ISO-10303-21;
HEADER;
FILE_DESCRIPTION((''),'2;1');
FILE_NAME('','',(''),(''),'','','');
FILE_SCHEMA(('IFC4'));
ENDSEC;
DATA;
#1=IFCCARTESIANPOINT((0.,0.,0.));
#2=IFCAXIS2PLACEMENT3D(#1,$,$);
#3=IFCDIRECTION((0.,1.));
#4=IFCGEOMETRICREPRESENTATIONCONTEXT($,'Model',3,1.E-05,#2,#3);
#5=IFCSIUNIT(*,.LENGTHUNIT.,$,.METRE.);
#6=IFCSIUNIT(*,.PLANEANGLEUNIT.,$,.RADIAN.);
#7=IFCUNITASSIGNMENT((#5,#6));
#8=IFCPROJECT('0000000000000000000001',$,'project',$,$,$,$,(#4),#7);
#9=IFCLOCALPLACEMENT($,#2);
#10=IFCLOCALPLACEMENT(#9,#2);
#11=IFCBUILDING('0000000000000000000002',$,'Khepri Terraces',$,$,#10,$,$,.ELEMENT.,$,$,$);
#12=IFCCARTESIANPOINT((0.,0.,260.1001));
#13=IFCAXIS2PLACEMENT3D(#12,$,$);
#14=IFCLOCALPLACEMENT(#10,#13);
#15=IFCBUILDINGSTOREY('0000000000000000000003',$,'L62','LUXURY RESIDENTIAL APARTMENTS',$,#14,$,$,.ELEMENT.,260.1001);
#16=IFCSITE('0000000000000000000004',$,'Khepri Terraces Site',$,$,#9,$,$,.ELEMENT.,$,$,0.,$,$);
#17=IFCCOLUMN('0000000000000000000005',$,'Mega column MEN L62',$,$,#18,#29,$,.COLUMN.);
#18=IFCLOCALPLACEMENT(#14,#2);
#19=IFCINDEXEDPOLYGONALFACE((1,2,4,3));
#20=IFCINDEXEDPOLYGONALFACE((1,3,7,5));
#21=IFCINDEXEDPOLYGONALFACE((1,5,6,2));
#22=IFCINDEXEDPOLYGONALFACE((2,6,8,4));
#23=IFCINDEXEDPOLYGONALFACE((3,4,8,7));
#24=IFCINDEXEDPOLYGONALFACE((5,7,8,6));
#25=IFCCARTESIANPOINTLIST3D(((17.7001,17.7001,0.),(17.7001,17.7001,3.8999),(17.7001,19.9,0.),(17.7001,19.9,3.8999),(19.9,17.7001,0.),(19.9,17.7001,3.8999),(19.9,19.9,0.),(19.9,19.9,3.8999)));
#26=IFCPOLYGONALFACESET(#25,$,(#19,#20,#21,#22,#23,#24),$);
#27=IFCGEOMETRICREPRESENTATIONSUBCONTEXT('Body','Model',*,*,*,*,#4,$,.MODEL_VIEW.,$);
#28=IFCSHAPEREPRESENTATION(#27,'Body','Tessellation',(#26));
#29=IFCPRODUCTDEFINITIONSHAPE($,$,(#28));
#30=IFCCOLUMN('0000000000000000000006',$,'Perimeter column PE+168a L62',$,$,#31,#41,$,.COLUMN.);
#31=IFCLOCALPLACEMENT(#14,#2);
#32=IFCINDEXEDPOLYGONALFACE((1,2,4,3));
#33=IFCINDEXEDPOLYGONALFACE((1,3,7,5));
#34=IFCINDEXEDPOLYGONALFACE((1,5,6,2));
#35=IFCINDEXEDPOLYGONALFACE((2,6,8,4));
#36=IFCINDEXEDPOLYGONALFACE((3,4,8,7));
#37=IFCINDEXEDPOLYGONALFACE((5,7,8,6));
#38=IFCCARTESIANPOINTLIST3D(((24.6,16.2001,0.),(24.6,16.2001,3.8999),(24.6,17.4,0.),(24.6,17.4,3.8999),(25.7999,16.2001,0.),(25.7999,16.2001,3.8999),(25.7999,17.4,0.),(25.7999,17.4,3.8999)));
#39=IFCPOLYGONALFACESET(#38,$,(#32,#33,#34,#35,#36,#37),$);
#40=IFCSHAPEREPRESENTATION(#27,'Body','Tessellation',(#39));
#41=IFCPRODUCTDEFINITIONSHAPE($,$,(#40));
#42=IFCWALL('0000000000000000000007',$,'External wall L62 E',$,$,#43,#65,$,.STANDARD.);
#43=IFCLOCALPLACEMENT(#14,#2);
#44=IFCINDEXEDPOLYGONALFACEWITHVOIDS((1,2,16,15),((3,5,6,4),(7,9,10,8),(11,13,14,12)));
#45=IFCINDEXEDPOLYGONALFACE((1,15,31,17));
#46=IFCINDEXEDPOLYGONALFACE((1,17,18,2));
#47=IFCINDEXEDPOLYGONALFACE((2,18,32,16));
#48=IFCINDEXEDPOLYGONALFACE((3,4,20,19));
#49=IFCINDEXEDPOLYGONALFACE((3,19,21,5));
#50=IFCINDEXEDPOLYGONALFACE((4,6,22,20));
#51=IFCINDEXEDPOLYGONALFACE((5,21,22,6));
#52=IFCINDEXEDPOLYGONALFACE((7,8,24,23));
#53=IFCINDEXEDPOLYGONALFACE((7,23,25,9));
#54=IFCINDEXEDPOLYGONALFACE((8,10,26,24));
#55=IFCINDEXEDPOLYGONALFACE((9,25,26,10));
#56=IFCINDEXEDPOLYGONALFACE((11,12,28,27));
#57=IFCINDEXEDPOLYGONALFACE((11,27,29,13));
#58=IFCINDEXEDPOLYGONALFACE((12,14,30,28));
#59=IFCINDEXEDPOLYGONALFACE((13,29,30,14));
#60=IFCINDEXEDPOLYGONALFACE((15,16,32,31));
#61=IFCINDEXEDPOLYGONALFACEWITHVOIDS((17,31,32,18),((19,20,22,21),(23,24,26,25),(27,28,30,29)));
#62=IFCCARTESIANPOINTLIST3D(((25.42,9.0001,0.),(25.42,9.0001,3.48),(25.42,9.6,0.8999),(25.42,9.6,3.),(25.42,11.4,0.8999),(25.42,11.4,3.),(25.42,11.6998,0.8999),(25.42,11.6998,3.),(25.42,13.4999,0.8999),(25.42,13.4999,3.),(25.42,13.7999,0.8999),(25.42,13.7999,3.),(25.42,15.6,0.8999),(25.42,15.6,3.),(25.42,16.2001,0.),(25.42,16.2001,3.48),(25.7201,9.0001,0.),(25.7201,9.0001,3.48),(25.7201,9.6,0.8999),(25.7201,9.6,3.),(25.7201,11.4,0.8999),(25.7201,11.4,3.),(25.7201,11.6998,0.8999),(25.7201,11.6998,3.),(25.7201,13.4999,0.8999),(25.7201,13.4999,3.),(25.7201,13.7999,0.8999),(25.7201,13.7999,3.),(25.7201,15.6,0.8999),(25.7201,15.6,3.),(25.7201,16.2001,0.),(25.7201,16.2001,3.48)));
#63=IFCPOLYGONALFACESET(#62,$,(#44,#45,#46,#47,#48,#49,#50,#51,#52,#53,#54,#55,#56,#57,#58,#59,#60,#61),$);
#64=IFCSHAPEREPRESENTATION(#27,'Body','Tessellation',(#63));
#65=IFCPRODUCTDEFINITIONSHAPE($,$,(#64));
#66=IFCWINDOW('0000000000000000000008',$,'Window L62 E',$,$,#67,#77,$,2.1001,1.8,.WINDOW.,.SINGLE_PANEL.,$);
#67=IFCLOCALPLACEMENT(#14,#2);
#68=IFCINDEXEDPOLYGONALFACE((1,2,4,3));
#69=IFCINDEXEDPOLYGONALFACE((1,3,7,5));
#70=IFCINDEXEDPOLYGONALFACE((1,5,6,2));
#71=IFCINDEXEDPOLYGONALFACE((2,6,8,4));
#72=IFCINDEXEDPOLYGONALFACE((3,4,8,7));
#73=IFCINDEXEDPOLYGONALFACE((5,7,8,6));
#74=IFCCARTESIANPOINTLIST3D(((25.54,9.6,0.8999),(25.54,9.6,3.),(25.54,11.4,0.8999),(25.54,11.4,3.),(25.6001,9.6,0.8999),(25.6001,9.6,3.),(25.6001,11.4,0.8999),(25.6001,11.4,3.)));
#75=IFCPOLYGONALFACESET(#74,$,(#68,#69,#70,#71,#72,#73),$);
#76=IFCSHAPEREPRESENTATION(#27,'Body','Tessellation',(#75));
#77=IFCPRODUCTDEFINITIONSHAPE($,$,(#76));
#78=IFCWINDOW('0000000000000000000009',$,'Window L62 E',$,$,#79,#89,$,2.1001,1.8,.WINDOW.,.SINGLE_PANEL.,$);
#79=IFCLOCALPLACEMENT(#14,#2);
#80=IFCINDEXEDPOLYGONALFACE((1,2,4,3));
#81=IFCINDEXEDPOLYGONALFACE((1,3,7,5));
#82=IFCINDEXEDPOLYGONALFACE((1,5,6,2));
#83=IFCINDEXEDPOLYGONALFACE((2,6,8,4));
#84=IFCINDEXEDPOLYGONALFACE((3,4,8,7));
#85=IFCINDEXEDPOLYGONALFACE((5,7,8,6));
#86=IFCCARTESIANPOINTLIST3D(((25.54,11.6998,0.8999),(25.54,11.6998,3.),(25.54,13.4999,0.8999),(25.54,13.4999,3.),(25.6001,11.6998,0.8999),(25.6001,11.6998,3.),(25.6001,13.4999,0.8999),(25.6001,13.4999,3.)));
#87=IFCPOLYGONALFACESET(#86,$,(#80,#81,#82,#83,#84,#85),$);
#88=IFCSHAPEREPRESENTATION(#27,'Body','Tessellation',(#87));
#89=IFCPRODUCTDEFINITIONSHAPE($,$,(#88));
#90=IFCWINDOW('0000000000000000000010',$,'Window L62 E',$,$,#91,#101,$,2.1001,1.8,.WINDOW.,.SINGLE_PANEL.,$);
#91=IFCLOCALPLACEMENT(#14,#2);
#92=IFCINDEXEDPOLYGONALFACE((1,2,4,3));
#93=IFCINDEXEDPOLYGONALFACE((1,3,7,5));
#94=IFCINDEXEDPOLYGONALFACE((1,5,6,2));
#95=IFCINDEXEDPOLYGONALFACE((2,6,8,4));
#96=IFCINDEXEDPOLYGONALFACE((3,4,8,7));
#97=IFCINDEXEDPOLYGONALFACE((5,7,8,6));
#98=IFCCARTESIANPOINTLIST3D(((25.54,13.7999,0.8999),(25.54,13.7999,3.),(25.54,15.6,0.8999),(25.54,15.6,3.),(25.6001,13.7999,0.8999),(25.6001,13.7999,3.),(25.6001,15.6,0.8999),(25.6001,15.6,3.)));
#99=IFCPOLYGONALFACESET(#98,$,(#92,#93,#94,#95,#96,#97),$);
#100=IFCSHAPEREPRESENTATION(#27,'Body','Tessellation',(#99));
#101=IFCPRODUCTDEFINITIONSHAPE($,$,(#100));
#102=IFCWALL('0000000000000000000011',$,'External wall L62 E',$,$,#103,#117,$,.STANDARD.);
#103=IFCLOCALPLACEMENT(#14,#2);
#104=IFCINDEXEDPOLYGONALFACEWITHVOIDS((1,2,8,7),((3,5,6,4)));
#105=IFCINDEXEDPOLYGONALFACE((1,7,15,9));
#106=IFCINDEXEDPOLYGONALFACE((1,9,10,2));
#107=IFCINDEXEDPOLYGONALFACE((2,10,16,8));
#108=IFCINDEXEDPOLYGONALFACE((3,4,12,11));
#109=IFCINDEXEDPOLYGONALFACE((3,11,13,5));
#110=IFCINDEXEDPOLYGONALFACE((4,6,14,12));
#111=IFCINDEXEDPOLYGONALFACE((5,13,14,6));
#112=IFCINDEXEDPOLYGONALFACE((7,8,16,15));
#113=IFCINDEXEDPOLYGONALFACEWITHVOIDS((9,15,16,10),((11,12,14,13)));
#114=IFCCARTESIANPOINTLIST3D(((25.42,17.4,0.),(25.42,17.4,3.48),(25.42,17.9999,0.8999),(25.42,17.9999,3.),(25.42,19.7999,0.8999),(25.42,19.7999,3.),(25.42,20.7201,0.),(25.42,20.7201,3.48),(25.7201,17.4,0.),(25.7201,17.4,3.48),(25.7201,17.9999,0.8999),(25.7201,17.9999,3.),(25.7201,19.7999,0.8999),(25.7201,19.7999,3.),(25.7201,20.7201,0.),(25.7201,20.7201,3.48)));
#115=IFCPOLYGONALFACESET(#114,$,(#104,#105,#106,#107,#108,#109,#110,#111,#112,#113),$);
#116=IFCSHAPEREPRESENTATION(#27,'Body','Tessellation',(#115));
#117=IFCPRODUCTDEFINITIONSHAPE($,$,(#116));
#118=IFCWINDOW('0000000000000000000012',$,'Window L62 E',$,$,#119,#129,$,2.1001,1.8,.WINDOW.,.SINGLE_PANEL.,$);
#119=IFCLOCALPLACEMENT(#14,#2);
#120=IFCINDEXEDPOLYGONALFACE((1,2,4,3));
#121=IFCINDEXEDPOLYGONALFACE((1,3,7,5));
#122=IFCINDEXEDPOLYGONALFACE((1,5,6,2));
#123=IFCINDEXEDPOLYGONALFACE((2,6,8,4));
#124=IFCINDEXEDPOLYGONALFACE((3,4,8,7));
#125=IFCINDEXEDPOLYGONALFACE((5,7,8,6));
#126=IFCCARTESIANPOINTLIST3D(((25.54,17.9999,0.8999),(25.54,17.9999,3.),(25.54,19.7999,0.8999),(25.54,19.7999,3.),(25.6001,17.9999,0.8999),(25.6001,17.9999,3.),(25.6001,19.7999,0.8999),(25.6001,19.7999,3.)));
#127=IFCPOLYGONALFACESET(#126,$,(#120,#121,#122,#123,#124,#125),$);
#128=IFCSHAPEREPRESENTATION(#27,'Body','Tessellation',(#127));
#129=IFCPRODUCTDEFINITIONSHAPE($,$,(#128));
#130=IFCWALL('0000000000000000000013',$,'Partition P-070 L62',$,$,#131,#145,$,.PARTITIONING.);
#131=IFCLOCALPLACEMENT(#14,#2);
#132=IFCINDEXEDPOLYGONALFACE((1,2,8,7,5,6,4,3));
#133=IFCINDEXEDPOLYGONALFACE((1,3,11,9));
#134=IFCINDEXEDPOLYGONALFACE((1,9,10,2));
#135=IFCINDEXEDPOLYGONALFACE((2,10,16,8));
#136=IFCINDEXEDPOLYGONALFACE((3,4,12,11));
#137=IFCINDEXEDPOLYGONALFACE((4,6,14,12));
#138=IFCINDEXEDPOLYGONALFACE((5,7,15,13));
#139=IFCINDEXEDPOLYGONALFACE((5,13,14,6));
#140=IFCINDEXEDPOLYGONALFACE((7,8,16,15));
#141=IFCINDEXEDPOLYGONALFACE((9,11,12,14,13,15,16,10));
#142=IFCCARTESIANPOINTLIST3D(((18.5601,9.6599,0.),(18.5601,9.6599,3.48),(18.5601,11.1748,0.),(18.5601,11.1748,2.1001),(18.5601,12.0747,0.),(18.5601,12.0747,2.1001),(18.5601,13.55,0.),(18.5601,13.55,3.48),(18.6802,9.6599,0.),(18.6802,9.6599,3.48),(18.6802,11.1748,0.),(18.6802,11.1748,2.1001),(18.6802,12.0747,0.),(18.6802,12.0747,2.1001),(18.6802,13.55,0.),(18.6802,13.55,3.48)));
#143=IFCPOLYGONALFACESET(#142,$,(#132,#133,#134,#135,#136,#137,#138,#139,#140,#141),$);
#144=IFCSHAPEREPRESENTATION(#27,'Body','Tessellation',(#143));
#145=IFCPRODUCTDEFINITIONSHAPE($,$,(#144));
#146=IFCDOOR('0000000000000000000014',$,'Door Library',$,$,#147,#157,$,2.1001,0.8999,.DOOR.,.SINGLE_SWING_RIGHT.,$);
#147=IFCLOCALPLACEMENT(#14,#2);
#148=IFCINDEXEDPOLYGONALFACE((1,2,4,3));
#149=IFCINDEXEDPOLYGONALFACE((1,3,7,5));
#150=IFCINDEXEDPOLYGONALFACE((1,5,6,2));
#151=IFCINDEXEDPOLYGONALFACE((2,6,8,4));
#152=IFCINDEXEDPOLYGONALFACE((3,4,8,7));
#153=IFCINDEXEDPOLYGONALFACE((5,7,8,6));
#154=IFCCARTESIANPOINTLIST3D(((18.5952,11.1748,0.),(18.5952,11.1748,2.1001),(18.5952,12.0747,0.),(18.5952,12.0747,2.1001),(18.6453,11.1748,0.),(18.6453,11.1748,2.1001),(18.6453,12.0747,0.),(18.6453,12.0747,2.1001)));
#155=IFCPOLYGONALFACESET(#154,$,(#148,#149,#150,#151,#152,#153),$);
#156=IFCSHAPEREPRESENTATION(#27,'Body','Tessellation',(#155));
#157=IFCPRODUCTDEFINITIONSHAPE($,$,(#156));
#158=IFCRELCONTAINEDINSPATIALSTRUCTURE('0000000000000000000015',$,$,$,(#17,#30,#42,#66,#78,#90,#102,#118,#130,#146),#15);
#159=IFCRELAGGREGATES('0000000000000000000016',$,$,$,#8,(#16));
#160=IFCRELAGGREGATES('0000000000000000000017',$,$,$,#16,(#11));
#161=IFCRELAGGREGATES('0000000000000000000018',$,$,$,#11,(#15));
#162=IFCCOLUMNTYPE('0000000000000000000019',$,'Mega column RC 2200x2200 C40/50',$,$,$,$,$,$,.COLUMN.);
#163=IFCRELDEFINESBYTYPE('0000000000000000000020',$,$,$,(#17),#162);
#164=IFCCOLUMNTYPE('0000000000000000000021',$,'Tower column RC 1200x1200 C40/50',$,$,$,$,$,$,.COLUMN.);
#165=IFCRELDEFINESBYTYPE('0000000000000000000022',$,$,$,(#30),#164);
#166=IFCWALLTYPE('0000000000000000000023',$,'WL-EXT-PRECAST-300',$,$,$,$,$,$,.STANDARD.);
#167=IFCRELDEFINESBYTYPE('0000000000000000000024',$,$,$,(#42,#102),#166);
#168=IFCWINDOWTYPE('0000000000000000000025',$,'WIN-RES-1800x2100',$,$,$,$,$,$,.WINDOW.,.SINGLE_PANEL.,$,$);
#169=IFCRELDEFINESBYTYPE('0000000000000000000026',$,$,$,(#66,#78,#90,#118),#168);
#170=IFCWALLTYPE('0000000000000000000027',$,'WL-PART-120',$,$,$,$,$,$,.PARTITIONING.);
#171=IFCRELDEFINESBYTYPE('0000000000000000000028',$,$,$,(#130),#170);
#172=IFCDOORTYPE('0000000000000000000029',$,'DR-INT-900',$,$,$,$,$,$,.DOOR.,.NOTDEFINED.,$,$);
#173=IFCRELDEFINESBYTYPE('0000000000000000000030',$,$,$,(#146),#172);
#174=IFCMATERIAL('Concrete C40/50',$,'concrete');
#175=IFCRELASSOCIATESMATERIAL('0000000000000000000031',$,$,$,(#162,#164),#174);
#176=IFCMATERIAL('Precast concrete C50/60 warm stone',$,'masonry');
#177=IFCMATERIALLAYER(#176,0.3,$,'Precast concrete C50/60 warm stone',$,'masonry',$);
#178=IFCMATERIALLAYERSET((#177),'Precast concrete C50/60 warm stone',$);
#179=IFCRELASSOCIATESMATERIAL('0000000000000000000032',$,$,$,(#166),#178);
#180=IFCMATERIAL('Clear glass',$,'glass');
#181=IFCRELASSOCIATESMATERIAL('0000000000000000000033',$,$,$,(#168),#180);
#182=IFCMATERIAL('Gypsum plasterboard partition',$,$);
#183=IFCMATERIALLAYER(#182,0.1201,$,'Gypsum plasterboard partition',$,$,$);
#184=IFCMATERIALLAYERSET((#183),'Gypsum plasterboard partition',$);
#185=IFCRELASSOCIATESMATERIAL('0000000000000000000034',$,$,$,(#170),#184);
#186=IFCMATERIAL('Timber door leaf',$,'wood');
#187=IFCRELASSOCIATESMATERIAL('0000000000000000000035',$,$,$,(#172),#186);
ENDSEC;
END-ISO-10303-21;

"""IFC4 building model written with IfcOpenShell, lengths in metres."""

from ifc_helpers import new_model, si_unit, direction, frame, frame_2d, origin, origin_2d, place, context, subcontext, project, spatial, rectangle, extrude, material, layer, layer_set, material_profile, profile_set, type_object, element, fill, save


model = new_model("IFC4")

# Units and contexts
model_context = context("Model", 3, precision=1e-05, world=origin(), true_north=direction((0.0, 1.0)))
body_context = subcontext(model_context, "Body", "Model", "MODEL_VIEW")
ifc_project = project(units=[si_unit("LENGTHUNIT", "METRE"), si_unit("PLANEANGLEUNIT", "RADIAN")], contexts=[model_context])

# Site, building, storey
site_placement = place(None, origin())
site = spatial("IfcSite", under=ifc_project, at=site_placement, Name="Khepri Terraces Site", CompositionType="ELEMENT", RefElevation=0.0)
building_placement = place(site_placement, origin())
building = spatial("IfcBuilding", under=site, at=building_placement, Name="Khepri Terraces", CompositionType="ELEMENT")
storey_placement = place(building_placement, frame((0.0, 0.0, 260.1001)))
storey = spatial("IfcBuildingStorey", under=building, at=storey_placement, Name="L62", Description="LUXURY RESIDENTIAL APARTMENTS", CompositionType="ELEMENT", Elevation=260.1001)

# Columns
ifc_material_1 = material(Name="Concrete C40/50", Category="concrete")
ifc_material_profile_1 = material_profile(ifc_material_1, rectangle(XDim=2.2, YDim=2.2, at=origin_2d()), Name="Concrete C40/50", Category="concrete")
ifc_profile_set_1 = profile_set([ifc_material_profile_1], Name="Concrete C40/50")
column_type_1 = type_object("IfcColumnType", Name="Mega column RC 2200x2200 C40/50", PredefinedType="COLUMN", material=ifc_profile_set_1)
column_1_placement = place(storey_placement, frame((18.8, 18.8, 0.0), z_axis=(0.0, 0.0, 1.0), x_axis=(1.0, 0.0, 0.0)))
element("IfcColumn", 1, at=column_1_placement, inside=storey, type_object=column_type_1, Name="Mega column MEN L62", PredefinedType="COLUMN", context=body_context, shape_type="SweptSolid", body=[
    extrude(rectangle(XDim=2.2, YDim=2.2, at=origin_2d()), origin(), (0.0, 0.0, 1.0), 3.8999),
])
ifc_material_profile_2 = material_profile(ifc_material_1, rectangle(XDim=1.2, YDim=1.2, at=origin_2d()), Name="Concrete C40/50", Category="concrete")
ifc_profile_set_2 = profile_set([ifc_material_profile_2], Name="Concrete C40/50")
column_type_2 = type_object("IfcColumnType", Name="Tower column RC 1200x1200 C40/50", PredefinedType="COLUMN", material=ifc_profile_set_2)
column_2_placement = place(storey_placement, frame((25.2, 16.8, 0.0), z_axis=(0.0, 0.0, 1.0), x_axis=(1.0, 0.0, 0.0)))
element("IfcColumn", 2, at=column_2_placement, inside=storey, type_object=column_type_2, Name="Perimeter column PE+168a L62", PredefinedType="COLUMN", context=body_context, shape_type="SweptSolid", body=[
    extrude(rectangle(XDim=1.2, YDim=1.2, at=origin_2d()), origin(), (0.0, 0.0, 1.0), 3.8999),
])

# Wall, openings, windows
ifc_material_2 = material(Name="Precast concrete C50/60 warm stone", Category="masonry")
ifc_layer_1 = layer(ifc_material_2, 0.3, Name="Precast concrete C50/60 warm stone", Category="masonry")
ifc_layer_set_1 = layer_set([ifc_layer_1], Name="Precast concrete C50/60 warm stone")
wall_type_1 = type_object("IfcWallType", Name="WL-EXT-PRECAST-300", PredefinedType="STANDARD", material=ifc_layer_set_1)
wall_1_placement = place(storey_placement, frame((25.5701, 9.0, 0.0), z_axis=(0.0, 0.0, 1.0), x_axis=(0.0, 1.0, 0.0)))
wall_1 = element("IfcWall", 3, at=wall_1_placement, inside=storey, type_object=wall_type_1, Name="External wall L62 E", PredefinedType="STANDARD", context=body_context, shape_type="SweptSolid", body=[
    extrude(rectangle(XDim=7.2, YDim=0.3, at=frame_2d((3.6001, 0.0))), origin(), (0.0, 0.0, 1.0), 3.48),
])
opening_1_placement = place(wall_1_placement, frame((0.6001, 0.0, 0.8999)))
opening_1 = element("IfcOpeningElement", 4, at=opening_1_placement, cuts=wall_1, PredefinedType="OPENING", context=body_context, shape_type="SweptSolid", body=[
    extrude(rectangle(XDim=1.8, YDim=2.1001, at=frame_2d((0.8999, 1.05))), frame((0.0, 0.1602, 0.0), z_axis=(0.0, -1.0, 0.0), x_axis=(1.0, 0.0, 0.0)), (0.0, 0.0, 1.0), 0.3201),
])
opening_2_placement = place(wall_1_placement, frame((2.7, 0.0, 0.8999)))
opening_2 = element("IfcOpeningElement", 5, at=opening_2_placement, cuts=wall_1, PredefinedType="OPENING", context=body_context, shape_type="SweptSolid", body=[
    extrude(rectangle(XDim=1.8, YDim=2.1001, at=frame_2d((0.8999, 1.05))), frame((0.0, 0.1602, 0.0), z_axis=(0.0, -1.0, 0.0), x_axis=(1.0, 0.0, 0.0)), (0.0, 0.0, 1.0), 0.3201),
])
opening_3_placement = place(wall_1_placement, frame((4.8, 0.0, 0.8999)))
opening_3 = element("IfcOpeningElement", 6, at=opening_3_placement, cuts=wall_1, PredefinedType="OPENING", context=body_context, shape_type="SweptSolid", body=[
    extrude(rectangle(XDim=1.8, YDim=2.1001, at=frame_2d((0.8999, 1.05))), frame((0.0, 0.1602, 0.0), z_axis=(0.0, -1.0, 0.0), x_axis=(1.0, 0.0, 0.0)), (0.0, 0.0, 1.0), 0.3201),
])
ifc_material_3 = material(Name="Clear glass", Category="glass")
window_type = type_object("IfcWindowType", Name="WIN-RES-1800x2100", PartitioningType="SINGLE_PANEL", PredefinedType="WINDOW", material=ifc_material_3)
window_1_placement = place(opening_1_placement, origin())
window_1 = element("IfcWindow", 7, at=window_1_placement, inside=storey, type_object=window_type, Name="Window L62 E", OverallHeight=2.1001, OverallWidth=1.8, PartitioningType="SINGLE_PANEL", PredefinedType="WINDOW", context=body_context, shape_type="SweptSolid", body=[
    extrude(rectangle(XDim=1.8, YDim=2.1001, at=frame_2d((0.8999, 1.05))), frame((0.0, 0.03, 0.0), z_axis=(0.0, -1.0, 0.0), x_axis=(1.0, 0.0, 0.0)), (0.0, 0.0, 1.0), 0.0601),
])
fill(opening_1, window_1)
window_2_placement = place(opening_2_placement, origin())
window_2 = element("IfcWindow", 8, at=window_2_placement, inside=storey, type_object=window_type, Name="Window L62 E", OverallHeight=2.1001, OverallWidth=1.8, PartitioningType="SINGLE_PANEL", PredefinedType="WINDOW", context=body_context, shape_type="SweptSolid", body=[
    extrude(rectangle(XDim=1.8, YDim=2.1001, at=frame_2d((0.8999, 1.05))), frame((0.0, 0.03, 0.0), z_axis=(0.0, -1.0, 0.0), x_axis=(1.0, 0.0, 0.0)), (0.0, 0.0, 1.0), 0.0601),
])
fill(opening_2, window_2)
window_3_placement = place(opening_3_placement, origin())
window_3 = element("IfcWindow", 9, at=window_3_placement, inside=storey, type_object=window_type, Name="Window L62 E", OverallHeight=2.1001, OverallWidth=1.8, PartitioningType="SINGLE_PANEL", PredefinedType="WINDOW", context=body_context, shape_type="SweptSolid", body=[
    extrude(rectangle(XDim=1.8, YDim=2.1001, at=frame_2d((0.8999, 1.05))), frame((0.0, 0.03, 0.0), z_axis=(0.0, -1.0, 0.0), x_axis=(1.0, 0.0, 0.0)), (0.0, 0.0, 1.0), 0.0601),
])
fill(opening_3, window_3)

# Wall, opening, window
wall_2_placement = place(storey_placement, frame((25.5701, 17.3999, 0.0), z_axis=(0.0, 0.0, 1.0), x_axis=(0.0, 1.0, 0.0)))
wall_2 = element("IfcWall", 10, at=wall_2_placement, inside=storey, type_object=wall_type_1, Name="External wall L62 E", PredefinedType="STANDARD", context=body_context, shape_type="SweptSolid", body=[
    extrude(rectangle(XDim=3.3201, YDim=0.3, at=frame_2d((1.6602, 0.0))), origin(), (0.0, 0.0, 1.0), 3.48),
])
opening_4_placement = place(wall_2_placement, frame((0.6001, 0.0, 0.8999)))
opening_4 = element("IfcOpeningElement", 11, at=opening_4_placement, cuts=wall_2, PredefinedType="OPENING", context=body_context, shape_type="SweptSolid", body=[
    extrude(rectangle(XDim=1.8, YDim=2.1001, at=frame_2d((0.8999, 1.05))), frame((0.0, 0.1602, 0.0), z_axis=(0.0, -1.0, 0.0), x_axis=(1.0, 0.0, 0.0)), (0.0, 0.0, 1.0), 0.3201),
])
window_4_placement = place(opening_4_placement, origin())
window_4 = element("IfcWindow", 12, at=window_4_placement, inside=storey, type_object=window_type, Name="Window L62 E", OverallHeight=2.1001, OverallWidth=1.8, PartitioningType="SINGLE_PANEL", PredefinedType="WINDOW", context=body_context, shape_type="SweptSolid", body=[
    extrude(rectangle(XDim=1.8, YDim=2.1001, at=frame_2d((0.8999, 1.05))), frame((0.0, 0.03, 0.0), z_axis=(0.0, -1.0, 0.0), x_axis=(1.0, 0.0, 0.0)), (0.0, 0.0, 1.0), 0.0601),
])
fill(opening_4, window_4)

# Wall, opening, door
ifc_material_4 = material(Name="Gypsum plasterboard partition")
ifc_layer_2 = layer(ifc_material_4, 0.1201, Name="Gypsum plasterboard partition")
ifc_layer_set_2 = layer_set([ifc_layer_2], Name="Gypsum plasterboard partition")
wall_type_2 = type_object("IfcWallType", Name="WL-PART-120", PredefinedType="PARTITIONING", material=ifc_layer_set_2)
wall_3_placement = place(storey_placement, frame((18.6201, 9.6599, 0.0), z_axis=(0.0, 0.0, 1.0), x_axis=(0.0, 1.0, 0.0)))
wall_3 = element("IfcWall", 13, at=wall_3_placement, inside=storey, type_object=wall_type_2, Name="Partition P-070 L62", PredefinedType="PARTITIONING", context=body_context, shape_type="SweptSolid", body=[
    extrude(rectangle(XDim=3.8901, YDim=0.1201, at=frame_2d((1.9451, 0.0))), origin(), (0.0, 0.0, 1.0), 3.48),
])
opening_5_placement = place(wall_3_placement, frame((1.5149, 0.0, 0.0)))
opening_5 = element("IfcOpeningElement", 14, at=opening_5_placement, cuts=wall_3, PredefinedType="OPENING", context=body_context, shape_type="SweptSolid", body=[
    extrude(rectangle(XDim=0.8999, YDim=2.1001, at=frame_2d((0.45, 1.05))), frame((0.0, 0.0701, 0.0), z_axis=(0.0, -1.0, 0.0), x_axis=(1.0, 0.0, 0.0)), (0.0, 0.0, 1.0), 0.1401),
])
ifc_material_5 = material(Name="Timber door leaf", Category="wood")
door_type_1 = type_object("IfcDoorType", Name="DR-INT-900", OperationType="NOTDEFINED", PredefinedType="DOOR", material=ifc_material_5)
door_1_placement = place(opening_5_placement, origin())
door_1 = element("IfcDoor", 15, at=door_1_placement, inside=storey, type_object=door_type_1, Name="Door Library", OperationType="SINGLE_SWING_RIGHT", OverallHeight=2.1001, OverallWidth=0.8999, PredefinedType="DOOR", context=body_context, shape_type="SweptSolid", body=[
    extrude(rectangle(XDim=0.8999, YDim=2.1001, at=frame_2d((0.45, 1.05))), frame((0.0, 0.0249, 0.0), z_axis=(0.0, -1.0, 0.0), x_axis=(1.0, 0.0, 0.0)), (0.0, 0.0, 1.0), 0.05),
])
fill(opening_5, door_1)

save(model, "model.ifc")
